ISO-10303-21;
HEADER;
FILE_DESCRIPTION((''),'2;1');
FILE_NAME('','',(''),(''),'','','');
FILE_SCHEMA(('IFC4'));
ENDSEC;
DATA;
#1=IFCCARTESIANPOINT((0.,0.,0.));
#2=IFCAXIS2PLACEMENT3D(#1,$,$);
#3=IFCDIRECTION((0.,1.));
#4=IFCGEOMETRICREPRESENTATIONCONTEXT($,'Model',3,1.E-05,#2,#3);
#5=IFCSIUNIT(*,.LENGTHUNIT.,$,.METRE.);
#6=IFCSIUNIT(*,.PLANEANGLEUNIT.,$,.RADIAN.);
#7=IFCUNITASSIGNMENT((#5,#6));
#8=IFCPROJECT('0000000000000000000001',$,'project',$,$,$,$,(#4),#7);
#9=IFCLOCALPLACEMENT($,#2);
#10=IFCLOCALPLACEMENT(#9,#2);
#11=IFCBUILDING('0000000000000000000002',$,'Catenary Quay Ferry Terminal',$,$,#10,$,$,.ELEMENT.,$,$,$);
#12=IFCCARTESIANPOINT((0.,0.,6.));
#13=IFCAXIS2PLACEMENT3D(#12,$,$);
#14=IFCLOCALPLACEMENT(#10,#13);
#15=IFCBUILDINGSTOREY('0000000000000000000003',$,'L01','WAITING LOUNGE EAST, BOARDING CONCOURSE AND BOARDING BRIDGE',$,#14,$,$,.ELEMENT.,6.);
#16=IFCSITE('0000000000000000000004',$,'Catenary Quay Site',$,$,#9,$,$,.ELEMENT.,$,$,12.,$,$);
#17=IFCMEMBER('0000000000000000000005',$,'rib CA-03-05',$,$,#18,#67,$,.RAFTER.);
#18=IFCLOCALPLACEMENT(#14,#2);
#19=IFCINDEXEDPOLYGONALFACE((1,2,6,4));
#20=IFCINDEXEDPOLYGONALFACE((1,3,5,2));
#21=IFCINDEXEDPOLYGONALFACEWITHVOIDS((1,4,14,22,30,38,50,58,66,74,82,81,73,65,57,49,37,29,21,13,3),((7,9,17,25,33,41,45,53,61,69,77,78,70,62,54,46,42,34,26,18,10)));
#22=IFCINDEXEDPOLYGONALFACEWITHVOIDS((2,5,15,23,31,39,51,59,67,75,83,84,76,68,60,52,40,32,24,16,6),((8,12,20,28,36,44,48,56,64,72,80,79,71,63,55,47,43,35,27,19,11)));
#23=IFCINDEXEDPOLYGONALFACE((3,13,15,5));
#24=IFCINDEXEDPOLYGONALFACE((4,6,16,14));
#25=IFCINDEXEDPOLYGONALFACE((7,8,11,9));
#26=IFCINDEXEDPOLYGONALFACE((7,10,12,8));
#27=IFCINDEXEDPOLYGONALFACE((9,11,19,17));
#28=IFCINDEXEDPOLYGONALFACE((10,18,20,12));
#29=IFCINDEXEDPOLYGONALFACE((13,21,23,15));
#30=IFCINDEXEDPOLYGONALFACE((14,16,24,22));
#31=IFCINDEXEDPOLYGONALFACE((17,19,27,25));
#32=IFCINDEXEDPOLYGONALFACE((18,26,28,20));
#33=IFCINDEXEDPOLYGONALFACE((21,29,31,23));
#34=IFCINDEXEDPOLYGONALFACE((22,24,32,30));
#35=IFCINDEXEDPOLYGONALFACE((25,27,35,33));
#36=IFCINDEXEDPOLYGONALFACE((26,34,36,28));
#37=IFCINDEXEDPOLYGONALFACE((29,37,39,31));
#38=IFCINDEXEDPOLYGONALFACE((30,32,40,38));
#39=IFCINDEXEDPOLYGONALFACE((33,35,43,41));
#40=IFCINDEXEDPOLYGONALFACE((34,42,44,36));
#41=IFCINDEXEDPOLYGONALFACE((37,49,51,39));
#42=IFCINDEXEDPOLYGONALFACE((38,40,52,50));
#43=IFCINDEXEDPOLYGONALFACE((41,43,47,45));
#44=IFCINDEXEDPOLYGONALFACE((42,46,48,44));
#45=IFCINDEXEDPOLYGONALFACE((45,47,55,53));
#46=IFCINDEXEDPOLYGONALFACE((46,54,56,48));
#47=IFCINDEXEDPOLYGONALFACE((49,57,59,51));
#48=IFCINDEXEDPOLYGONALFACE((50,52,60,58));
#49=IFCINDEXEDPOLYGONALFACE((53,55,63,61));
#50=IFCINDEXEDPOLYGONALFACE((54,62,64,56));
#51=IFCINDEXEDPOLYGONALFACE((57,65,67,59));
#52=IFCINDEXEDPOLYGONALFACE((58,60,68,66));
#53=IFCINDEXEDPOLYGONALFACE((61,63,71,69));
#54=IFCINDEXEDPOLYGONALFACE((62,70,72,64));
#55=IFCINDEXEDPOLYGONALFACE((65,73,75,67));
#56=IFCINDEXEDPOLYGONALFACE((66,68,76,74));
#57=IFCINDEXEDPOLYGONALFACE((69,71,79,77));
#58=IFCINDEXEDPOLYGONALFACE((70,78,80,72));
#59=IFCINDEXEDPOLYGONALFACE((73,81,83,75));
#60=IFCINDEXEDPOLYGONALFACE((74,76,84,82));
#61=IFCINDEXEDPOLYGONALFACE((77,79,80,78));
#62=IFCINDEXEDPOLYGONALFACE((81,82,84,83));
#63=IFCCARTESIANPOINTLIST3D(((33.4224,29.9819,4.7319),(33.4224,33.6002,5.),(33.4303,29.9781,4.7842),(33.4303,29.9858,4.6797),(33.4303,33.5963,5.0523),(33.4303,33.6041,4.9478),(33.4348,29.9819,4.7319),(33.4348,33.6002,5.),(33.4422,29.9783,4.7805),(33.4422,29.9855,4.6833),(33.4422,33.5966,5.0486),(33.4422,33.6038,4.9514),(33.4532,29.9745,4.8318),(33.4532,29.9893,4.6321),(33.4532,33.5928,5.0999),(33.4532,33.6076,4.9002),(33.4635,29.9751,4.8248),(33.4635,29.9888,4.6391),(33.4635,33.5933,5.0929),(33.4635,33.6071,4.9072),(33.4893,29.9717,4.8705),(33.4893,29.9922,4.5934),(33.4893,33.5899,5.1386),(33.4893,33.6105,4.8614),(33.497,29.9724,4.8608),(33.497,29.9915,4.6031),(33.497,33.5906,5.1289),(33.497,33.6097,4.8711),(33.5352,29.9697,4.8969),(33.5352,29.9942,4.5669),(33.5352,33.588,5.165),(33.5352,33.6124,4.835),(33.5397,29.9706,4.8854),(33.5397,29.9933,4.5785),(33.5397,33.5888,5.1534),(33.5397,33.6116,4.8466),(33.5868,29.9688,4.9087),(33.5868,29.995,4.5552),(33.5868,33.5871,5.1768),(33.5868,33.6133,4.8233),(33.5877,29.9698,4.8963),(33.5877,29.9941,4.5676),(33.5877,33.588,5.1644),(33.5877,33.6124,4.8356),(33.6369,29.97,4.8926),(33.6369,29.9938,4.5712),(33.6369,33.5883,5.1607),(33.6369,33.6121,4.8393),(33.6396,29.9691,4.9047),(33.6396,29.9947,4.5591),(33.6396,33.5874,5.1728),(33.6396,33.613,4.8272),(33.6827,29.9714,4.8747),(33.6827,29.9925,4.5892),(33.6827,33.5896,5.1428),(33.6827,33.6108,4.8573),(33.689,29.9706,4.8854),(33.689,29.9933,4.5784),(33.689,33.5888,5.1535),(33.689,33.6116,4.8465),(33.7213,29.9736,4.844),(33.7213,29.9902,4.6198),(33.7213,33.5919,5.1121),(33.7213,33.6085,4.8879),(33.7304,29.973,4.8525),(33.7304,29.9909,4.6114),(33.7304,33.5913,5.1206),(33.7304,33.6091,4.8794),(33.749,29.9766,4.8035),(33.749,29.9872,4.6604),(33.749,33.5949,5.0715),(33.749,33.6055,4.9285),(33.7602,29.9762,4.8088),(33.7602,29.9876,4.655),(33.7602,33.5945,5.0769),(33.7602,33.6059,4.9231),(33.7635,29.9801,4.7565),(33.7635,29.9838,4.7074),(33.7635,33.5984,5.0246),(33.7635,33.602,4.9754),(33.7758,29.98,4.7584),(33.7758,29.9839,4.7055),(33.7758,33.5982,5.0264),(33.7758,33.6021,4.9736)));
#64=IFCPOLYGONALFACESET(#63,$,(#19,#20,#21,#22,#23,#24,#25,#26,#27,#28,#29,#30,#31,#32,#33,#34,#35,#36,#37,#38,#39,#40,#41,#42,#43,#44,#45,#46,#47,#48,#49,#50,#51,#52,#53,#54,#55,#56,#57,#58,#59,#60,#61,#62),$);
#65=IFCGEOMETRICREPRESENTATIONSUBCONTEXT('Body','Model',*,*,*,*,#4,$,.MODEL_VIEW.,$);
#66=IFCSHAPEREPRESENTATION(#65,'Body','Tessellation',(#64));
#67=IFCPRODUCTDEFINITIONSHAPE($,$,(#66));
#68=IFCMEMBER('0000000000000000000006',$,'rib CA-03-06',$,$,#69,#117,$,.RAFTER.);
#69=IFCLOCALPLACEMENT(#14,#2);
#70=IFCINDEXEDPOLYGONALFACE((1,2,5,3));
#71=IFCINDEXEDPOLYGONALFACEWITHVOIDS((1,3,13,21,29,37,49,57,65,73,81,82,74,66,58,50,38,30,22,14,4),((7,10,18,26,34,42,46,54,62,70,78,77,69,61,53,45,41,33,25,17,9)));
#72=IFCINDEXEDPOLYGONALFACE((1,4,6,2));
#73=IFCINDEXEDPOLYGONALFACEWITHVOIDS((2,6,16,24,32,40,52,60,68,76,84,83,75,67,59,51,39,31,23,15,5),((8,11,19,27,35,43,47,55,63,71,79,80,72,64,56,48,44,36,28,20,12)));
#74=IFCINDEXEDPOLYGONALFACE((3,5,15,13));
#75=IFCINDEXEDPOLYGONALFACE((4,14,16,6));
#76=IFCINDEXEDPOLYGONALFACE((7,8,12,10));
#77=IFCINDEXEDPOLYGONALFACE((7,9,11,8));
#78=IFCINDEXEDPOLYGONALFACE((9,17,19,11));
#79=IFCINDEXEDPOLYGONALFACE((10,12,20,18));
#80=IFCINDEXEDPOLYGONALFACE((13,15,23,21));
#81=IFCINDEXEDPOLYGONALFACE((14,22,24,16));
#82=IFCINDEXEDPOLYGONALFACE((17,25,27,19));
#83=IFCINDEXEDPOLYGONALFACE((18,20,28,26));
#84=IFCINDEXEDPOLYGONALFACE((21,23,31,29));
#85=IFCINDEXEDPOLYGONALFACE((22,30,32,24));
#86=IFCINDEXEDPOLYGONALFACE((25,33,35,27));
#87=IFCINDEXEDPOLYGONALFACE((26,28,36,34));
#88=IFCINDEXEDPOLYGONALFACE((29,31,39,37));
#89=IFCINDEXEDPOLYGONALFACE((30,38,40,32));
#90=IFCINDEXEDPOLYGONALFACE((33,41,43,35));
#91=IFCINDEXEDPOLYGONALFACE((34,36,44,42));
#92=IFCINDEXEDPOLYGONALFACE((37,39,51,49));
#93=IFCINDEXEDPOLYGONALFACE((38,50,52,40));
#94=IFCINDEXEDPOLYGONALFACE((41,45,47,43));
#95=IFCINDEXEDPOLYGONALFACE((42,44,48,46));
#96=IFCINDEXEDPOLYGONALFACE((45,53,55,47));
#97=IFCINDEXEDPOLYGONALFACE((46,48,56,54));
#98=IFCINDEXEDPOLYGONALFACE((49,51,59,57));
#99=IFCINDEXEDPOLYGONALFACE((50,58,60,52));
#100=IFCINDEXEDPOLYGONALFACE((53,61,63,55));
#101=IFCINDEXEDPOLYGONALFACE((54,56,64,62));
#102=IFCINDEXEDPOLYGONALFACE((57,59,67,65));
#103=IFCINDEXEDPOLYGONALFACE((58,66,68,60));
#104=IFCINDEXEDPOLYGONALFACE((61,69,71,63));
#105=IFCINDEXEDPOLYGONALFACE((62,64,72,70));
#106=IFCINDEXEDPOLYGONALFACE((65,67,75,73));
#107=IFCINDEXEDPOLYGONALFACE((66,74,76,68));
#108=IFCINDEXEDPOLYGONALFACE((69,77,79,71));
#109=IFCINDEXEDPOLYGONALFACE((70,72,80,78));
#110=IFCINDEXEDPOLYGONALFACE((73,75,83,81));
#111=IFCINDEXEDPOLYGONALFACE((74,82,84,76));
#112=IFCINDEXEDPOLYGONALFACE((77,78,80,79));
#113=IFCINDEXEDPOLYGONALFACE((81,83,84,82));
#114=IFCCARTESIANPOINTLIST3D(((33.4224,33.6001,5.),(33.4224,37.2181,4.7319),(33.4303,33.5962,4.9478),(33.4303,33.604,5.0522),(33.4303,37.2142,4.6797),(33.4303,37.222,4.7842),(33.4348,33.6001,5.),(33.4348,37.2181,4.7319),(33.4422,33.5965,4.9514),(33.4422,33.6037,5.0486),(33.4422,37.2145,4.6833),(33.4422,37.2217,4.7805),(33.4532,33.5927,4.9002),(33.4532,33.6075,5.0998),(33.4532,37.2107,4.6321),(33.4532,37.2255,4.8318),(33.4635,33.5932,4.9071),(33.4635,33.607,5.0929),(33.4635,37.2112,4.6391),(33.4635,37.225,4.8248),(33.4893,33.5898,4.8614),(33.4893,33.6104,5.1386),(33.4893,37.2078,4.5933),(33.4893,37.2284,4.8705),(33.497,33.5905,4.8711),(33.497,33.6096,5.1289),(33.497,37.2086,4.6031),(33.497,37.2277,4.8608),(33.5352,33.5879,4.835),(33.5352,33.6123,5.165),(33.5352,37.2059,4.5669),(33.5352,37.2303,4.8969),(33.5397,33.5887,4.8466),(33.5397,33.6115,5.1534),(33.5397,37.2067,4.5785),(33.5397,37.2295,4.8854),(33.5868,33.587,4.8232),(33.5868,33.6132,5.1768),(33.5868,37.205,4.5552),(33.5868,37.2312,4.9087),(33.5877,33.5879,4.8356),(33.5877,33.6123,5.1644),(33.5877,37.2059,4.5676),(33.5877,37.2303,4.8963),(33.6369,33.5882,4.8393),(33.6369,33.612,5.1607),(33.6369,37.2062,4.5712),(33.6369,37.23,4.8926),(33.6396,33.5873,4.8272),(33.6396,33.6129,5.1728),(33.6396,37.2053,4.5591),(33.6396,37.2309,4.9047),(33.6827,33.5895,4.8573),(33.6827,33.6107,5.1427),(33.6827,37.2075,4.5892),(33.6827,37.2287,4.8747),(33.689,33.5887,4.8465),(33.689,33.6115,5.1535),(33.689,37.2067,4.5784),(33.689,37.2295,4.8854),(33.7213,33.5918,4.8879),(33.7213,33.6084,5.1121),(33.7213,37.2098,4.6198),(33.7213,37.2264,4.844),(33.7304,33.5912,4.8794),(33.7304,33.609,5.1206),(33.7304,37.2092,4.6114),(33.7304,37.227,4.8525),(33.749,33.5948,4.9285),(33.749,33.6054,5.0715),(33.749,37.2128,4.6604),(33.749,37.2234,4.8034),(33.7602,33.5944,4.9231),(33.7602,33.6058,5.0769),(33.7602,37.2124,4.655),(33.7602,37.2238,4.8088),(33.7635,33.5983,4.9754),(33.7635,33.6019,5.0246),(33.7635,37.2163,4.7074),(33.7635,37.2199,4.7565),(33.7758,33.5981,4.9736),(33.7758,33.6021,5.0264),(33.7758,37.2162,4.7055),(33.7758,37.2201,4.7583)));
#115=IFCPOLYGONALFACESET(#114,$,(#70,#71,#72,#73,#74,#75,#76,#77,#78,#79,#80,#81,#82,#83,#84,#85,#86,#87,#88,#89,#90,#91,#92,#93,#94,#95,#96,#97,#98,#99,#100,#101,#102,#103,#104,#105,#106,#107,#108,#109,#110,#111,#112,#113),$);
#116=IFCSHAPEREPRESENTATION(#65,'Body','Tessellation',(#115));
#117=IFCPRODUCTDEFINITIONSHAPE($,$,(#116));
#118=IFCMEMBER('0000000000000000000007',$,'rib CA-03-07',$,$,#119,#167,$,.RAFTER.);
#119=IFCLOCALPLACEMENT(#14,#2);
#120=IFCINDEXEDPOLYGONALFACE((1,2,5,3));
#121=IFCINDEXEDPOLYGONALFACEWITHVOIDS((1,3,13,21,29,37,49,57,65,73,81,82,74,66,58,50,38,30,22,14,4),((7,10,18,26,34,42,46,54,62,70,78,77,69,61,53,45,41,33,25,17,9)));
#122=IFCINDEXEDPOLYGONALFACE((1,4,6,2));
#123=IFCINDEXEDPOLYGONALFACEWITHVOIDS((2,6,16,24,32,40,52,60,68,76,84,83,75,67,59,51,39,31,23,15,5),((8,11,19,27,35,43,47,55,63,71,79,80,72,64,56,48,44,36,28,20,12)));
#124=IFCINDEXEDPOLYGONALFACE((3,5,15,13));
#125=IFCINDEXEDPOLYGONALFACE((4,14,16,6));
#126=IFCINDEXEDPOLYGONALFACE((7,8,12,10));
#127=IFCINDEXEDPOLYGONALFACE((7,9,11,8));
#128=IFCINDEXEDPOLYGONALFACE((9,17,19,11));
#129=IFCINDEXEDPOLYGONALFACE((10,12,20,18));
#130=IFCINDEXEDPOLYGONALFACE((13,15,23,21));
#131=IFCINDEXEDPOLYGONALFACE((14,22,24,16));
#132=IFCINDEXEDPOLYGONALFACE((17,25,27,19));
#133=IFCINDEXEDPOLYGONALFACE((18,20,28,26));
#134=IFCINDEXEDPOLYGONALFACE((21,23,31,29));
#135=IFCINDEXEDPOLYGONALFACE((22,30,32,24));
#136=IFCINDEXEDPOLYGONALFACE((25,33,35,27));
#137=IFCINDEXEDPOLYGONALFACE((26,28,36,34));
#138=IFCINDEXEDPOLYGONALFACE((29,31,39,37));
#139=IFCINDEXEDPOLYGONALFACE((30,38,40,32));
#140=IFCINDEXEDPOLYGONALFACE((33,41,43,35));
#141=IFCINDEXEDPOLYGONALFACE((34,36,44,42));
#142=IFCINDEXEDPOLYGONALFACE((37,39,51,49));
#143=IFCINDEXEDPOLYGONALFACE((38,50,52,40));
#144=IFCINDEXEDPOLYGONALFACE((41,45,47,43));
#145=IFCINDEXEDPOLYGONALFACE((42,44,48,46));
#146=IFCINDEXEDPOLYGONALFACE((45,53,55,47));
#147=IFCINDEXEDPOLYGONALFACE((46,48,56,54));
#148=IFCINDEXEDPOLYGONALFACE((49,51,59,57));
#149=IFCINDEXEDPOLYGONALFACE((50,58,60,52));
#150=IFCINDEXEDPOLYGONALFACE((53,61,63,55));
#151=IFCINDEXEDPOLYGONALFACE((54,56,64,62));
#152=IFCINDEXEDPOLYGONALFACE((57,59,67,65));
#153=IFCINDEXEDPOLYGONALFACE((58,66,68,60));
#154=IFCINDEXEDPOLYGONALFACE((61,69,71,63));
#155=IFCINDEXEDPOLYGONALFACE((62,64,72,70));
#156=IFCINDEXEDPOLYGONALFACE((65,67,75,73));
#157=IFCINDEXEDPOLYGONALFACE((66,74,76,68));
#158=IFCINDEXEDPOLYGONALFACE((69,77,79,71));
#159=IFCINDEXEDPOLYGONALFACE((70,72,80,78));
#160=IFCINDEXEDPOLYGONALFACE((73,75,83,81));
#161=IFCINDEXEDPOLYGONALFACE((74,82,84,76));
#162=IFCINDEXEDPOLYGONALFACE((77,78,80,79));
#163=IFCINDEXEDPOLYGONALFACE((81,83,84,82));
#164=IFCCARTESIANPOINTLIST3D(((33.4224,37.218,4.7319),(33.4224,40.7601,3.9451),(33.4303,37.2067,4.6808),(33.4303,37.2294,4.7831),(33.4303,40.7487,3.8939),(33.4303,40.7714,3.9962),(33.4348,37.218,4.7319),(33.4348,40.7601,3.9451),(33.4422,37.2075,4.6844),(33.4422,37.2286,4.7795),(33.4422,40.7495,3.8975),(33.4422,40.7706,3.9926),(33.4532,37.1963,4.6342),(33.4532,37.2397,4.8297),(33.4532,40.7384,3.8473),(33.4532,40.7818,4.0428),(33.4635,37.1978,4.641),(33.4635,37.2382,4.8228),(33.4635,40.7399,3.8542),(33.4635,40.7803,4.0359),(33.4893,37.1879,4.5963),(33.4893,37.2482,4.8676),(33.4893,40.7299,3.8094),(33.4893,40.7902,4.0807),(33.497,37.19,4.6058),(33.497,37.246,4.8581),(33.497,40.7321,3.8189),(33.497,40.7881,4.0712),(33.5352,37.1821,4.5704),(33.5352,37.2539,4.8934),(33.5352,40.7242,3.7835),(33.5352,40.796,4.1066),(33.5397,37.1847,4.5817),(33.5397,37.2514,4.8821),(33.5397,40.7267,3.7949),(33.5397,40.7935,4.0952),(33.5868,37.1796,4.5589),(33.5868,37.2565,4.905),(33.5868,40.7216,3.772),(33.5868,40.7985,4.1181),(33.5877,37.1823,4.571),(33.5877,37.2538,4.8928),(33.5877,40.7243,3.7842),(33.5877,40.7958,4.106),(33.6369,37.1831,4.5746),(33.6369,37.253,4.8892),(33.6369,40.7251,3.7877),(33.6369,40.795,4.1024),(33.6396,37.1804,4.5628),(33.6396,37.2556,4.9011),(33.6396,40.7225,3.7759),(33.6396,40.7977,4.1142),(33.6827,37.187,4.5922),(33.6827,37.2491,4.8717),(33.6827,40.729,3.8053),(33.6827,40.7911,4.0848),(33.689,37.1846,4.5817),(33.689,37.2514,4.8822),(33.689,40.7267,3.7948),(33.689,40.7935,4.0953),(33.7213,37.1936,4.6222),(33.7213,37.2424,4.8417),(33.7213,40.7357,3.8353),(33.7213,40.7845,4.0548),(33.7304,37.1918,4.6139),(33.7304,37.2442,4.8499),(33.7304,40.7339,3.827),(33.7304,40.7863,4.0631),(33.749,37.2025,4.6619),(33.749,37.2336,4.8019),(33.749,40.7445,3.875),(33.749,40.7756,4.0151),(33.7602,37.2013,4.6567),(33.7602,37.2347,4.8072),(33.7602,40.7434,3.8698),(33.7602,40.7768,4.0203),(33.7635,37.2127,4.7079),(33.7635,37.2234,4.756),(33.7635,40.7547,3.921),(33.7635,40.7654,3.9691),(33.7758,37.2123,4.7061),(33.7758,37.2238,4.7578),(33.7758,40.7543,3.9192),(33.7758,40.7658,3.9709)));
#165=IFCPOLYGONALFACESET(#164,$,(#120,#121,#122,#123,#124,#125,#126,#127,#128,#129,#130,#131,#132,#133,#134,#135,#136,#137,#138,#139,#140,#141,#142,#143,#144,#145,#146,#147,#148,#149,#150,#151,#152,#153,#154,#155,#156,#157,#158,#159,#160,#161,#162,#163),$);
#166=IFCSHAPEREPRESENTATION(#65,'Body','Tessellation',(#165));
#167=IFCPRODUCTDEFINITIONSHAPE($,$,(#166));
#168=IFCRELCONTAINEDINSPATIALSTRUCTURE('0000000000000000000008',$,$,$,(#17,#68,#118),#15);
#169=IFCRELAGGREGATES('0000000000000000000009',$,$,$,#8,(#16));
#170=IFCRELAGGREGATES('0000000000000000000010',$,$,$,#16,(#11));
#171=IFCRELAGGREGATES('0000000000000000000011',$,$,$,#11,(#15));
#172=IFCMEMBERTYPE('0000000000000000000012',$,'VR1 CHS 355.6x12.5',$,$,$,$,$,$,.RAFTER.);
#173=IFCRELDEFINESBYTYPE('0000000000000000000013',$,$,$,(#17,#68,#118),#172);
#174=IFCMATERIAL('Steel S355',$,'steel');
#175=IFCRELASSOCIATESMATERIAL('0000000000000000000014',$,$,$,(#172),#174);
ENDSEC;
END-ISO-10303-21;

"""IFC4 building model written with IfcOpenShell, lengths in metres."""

from ifc_helpers import new_model, si_unit, direction, frame, origin, origin_2d, place, context, subcontext, project, spatial, hollow_circle, extrude, material, material_profile, profile_set, type_object, element, save


model = new_model("IFC4")

# Units and contexts
model_context = context("Model", 3, precision=1e-05, world=origin(), true_north=direction((0.0, 1.0)))
body_context = subcontext(model_context, "Body", "Model", "MODEL_VIEW")
ifc_project = project(units=[si_unit("LENGTHUNIT", "METRE"), si_unit("PLANEANGLEUNIT", "RADIAN")], contexts=[model_context])

# Site, building, storey
site_placement = place(None, origin())
site = spatial("IfcSite", under=ifc_project, at=site_placement, Name="Catenary Quay Site", CompositionType="ELEMENT", RefElevation=12.0)
building_placement = place(site_placement, origin())
building = spatial("IfcBuilding", under=site, at=building_placement, Name="Catenary Quay Ferry Terminal", CompositionType="ELEMENT")
storey_placement = place(building_placement, frame((0.0, 0.0, 6.0)))
storey = spatial("IfcBuildingStorey", under=building, at=storey_placement, Name="L01", Description="WAITING LOUNGE EAST, BOARDING CONCOURSE AND BOARDING BRIDGE", CompositionType="ELEMENT", Elevation=6.0)

# Members
ifc_material_1 = material(Name="Steel S355", Category="steel")
ifc_material_profile_1 = material_profile(ifc_material_1, hollow_circle(Radius=0.1777, WallThickness=0.0125, at=origin_2d()), Name="CHS 355.6x12.5")
ifc_profile_set_1 = profile_set([ifc_material_profile_1], Name="Steel S355")
member_type_1 = type_object("IfcMemberType", Name="VR1 CHS 355.6x12.5", PredefinedType="RAFTER", material=ifc_profile_set_1)
member_1_placement = place(storey_placement, frame((33.6001, 29.9819, 4.7319), z_axis=(0.0, 0.997267, 0.073887), x_axis=(-1.0, 0.0, 0.0)))
element("IfcMember", 1, at=member_1_placement, inside=storey, type_object=member_type_1, Name="rib CA-03-05", PredefinedType="RAFTER", context=body_context, shape_type="SweptSolid", body=[
    extrude(hollow_circle(Radius=0.1777, WallThickness=0.0125, at=origin_2d()), origin(), (0.0, 0.0, 1.0), 3.6282),
])
member_2_placement = place(storey_placement, frame((33.6001, 33.6001, 5.0), z_axis=(0.0, 0.997266, -0.073892), x_axis=(-1.0, 0.0, 0.0)))
element("IfcMember", 2, at=member_2_placement, inside=storey, type_object=member_type_1, Name="rib CA-03-06", PredefinedType="RAFTER", context=body_context, shape_type="SweptSolid", body=[
    extrude(hollow_circle(Radius=0.1777, WallThickness=0.0125, at=origin_2d()), origin(), (0.0, 0.0, 1.0), 3.6279),
])
member_3_placement = place(storey_placement, frame((33.6001, 37.218, 4.7319), z_axis=(0.0, 0.976201, -0.216866), x_axis=(-1.0, 0.0, 0.0)))
element("IfcMember", 3, at=member_3_placement, inside=storey, type_object=member_type_1, Name="rib CA-03-07", PredefinedType="RAFTER", context=body_context, shape_type="SweptSolid", body=[
    extrude(hollow_circle(Radius=0.1777, WallThickness=0.0125, at=origin_2d()), origin(), (0.0, 0.0, 1.0), 3.6284),
])

save(model, "model.ifc")
